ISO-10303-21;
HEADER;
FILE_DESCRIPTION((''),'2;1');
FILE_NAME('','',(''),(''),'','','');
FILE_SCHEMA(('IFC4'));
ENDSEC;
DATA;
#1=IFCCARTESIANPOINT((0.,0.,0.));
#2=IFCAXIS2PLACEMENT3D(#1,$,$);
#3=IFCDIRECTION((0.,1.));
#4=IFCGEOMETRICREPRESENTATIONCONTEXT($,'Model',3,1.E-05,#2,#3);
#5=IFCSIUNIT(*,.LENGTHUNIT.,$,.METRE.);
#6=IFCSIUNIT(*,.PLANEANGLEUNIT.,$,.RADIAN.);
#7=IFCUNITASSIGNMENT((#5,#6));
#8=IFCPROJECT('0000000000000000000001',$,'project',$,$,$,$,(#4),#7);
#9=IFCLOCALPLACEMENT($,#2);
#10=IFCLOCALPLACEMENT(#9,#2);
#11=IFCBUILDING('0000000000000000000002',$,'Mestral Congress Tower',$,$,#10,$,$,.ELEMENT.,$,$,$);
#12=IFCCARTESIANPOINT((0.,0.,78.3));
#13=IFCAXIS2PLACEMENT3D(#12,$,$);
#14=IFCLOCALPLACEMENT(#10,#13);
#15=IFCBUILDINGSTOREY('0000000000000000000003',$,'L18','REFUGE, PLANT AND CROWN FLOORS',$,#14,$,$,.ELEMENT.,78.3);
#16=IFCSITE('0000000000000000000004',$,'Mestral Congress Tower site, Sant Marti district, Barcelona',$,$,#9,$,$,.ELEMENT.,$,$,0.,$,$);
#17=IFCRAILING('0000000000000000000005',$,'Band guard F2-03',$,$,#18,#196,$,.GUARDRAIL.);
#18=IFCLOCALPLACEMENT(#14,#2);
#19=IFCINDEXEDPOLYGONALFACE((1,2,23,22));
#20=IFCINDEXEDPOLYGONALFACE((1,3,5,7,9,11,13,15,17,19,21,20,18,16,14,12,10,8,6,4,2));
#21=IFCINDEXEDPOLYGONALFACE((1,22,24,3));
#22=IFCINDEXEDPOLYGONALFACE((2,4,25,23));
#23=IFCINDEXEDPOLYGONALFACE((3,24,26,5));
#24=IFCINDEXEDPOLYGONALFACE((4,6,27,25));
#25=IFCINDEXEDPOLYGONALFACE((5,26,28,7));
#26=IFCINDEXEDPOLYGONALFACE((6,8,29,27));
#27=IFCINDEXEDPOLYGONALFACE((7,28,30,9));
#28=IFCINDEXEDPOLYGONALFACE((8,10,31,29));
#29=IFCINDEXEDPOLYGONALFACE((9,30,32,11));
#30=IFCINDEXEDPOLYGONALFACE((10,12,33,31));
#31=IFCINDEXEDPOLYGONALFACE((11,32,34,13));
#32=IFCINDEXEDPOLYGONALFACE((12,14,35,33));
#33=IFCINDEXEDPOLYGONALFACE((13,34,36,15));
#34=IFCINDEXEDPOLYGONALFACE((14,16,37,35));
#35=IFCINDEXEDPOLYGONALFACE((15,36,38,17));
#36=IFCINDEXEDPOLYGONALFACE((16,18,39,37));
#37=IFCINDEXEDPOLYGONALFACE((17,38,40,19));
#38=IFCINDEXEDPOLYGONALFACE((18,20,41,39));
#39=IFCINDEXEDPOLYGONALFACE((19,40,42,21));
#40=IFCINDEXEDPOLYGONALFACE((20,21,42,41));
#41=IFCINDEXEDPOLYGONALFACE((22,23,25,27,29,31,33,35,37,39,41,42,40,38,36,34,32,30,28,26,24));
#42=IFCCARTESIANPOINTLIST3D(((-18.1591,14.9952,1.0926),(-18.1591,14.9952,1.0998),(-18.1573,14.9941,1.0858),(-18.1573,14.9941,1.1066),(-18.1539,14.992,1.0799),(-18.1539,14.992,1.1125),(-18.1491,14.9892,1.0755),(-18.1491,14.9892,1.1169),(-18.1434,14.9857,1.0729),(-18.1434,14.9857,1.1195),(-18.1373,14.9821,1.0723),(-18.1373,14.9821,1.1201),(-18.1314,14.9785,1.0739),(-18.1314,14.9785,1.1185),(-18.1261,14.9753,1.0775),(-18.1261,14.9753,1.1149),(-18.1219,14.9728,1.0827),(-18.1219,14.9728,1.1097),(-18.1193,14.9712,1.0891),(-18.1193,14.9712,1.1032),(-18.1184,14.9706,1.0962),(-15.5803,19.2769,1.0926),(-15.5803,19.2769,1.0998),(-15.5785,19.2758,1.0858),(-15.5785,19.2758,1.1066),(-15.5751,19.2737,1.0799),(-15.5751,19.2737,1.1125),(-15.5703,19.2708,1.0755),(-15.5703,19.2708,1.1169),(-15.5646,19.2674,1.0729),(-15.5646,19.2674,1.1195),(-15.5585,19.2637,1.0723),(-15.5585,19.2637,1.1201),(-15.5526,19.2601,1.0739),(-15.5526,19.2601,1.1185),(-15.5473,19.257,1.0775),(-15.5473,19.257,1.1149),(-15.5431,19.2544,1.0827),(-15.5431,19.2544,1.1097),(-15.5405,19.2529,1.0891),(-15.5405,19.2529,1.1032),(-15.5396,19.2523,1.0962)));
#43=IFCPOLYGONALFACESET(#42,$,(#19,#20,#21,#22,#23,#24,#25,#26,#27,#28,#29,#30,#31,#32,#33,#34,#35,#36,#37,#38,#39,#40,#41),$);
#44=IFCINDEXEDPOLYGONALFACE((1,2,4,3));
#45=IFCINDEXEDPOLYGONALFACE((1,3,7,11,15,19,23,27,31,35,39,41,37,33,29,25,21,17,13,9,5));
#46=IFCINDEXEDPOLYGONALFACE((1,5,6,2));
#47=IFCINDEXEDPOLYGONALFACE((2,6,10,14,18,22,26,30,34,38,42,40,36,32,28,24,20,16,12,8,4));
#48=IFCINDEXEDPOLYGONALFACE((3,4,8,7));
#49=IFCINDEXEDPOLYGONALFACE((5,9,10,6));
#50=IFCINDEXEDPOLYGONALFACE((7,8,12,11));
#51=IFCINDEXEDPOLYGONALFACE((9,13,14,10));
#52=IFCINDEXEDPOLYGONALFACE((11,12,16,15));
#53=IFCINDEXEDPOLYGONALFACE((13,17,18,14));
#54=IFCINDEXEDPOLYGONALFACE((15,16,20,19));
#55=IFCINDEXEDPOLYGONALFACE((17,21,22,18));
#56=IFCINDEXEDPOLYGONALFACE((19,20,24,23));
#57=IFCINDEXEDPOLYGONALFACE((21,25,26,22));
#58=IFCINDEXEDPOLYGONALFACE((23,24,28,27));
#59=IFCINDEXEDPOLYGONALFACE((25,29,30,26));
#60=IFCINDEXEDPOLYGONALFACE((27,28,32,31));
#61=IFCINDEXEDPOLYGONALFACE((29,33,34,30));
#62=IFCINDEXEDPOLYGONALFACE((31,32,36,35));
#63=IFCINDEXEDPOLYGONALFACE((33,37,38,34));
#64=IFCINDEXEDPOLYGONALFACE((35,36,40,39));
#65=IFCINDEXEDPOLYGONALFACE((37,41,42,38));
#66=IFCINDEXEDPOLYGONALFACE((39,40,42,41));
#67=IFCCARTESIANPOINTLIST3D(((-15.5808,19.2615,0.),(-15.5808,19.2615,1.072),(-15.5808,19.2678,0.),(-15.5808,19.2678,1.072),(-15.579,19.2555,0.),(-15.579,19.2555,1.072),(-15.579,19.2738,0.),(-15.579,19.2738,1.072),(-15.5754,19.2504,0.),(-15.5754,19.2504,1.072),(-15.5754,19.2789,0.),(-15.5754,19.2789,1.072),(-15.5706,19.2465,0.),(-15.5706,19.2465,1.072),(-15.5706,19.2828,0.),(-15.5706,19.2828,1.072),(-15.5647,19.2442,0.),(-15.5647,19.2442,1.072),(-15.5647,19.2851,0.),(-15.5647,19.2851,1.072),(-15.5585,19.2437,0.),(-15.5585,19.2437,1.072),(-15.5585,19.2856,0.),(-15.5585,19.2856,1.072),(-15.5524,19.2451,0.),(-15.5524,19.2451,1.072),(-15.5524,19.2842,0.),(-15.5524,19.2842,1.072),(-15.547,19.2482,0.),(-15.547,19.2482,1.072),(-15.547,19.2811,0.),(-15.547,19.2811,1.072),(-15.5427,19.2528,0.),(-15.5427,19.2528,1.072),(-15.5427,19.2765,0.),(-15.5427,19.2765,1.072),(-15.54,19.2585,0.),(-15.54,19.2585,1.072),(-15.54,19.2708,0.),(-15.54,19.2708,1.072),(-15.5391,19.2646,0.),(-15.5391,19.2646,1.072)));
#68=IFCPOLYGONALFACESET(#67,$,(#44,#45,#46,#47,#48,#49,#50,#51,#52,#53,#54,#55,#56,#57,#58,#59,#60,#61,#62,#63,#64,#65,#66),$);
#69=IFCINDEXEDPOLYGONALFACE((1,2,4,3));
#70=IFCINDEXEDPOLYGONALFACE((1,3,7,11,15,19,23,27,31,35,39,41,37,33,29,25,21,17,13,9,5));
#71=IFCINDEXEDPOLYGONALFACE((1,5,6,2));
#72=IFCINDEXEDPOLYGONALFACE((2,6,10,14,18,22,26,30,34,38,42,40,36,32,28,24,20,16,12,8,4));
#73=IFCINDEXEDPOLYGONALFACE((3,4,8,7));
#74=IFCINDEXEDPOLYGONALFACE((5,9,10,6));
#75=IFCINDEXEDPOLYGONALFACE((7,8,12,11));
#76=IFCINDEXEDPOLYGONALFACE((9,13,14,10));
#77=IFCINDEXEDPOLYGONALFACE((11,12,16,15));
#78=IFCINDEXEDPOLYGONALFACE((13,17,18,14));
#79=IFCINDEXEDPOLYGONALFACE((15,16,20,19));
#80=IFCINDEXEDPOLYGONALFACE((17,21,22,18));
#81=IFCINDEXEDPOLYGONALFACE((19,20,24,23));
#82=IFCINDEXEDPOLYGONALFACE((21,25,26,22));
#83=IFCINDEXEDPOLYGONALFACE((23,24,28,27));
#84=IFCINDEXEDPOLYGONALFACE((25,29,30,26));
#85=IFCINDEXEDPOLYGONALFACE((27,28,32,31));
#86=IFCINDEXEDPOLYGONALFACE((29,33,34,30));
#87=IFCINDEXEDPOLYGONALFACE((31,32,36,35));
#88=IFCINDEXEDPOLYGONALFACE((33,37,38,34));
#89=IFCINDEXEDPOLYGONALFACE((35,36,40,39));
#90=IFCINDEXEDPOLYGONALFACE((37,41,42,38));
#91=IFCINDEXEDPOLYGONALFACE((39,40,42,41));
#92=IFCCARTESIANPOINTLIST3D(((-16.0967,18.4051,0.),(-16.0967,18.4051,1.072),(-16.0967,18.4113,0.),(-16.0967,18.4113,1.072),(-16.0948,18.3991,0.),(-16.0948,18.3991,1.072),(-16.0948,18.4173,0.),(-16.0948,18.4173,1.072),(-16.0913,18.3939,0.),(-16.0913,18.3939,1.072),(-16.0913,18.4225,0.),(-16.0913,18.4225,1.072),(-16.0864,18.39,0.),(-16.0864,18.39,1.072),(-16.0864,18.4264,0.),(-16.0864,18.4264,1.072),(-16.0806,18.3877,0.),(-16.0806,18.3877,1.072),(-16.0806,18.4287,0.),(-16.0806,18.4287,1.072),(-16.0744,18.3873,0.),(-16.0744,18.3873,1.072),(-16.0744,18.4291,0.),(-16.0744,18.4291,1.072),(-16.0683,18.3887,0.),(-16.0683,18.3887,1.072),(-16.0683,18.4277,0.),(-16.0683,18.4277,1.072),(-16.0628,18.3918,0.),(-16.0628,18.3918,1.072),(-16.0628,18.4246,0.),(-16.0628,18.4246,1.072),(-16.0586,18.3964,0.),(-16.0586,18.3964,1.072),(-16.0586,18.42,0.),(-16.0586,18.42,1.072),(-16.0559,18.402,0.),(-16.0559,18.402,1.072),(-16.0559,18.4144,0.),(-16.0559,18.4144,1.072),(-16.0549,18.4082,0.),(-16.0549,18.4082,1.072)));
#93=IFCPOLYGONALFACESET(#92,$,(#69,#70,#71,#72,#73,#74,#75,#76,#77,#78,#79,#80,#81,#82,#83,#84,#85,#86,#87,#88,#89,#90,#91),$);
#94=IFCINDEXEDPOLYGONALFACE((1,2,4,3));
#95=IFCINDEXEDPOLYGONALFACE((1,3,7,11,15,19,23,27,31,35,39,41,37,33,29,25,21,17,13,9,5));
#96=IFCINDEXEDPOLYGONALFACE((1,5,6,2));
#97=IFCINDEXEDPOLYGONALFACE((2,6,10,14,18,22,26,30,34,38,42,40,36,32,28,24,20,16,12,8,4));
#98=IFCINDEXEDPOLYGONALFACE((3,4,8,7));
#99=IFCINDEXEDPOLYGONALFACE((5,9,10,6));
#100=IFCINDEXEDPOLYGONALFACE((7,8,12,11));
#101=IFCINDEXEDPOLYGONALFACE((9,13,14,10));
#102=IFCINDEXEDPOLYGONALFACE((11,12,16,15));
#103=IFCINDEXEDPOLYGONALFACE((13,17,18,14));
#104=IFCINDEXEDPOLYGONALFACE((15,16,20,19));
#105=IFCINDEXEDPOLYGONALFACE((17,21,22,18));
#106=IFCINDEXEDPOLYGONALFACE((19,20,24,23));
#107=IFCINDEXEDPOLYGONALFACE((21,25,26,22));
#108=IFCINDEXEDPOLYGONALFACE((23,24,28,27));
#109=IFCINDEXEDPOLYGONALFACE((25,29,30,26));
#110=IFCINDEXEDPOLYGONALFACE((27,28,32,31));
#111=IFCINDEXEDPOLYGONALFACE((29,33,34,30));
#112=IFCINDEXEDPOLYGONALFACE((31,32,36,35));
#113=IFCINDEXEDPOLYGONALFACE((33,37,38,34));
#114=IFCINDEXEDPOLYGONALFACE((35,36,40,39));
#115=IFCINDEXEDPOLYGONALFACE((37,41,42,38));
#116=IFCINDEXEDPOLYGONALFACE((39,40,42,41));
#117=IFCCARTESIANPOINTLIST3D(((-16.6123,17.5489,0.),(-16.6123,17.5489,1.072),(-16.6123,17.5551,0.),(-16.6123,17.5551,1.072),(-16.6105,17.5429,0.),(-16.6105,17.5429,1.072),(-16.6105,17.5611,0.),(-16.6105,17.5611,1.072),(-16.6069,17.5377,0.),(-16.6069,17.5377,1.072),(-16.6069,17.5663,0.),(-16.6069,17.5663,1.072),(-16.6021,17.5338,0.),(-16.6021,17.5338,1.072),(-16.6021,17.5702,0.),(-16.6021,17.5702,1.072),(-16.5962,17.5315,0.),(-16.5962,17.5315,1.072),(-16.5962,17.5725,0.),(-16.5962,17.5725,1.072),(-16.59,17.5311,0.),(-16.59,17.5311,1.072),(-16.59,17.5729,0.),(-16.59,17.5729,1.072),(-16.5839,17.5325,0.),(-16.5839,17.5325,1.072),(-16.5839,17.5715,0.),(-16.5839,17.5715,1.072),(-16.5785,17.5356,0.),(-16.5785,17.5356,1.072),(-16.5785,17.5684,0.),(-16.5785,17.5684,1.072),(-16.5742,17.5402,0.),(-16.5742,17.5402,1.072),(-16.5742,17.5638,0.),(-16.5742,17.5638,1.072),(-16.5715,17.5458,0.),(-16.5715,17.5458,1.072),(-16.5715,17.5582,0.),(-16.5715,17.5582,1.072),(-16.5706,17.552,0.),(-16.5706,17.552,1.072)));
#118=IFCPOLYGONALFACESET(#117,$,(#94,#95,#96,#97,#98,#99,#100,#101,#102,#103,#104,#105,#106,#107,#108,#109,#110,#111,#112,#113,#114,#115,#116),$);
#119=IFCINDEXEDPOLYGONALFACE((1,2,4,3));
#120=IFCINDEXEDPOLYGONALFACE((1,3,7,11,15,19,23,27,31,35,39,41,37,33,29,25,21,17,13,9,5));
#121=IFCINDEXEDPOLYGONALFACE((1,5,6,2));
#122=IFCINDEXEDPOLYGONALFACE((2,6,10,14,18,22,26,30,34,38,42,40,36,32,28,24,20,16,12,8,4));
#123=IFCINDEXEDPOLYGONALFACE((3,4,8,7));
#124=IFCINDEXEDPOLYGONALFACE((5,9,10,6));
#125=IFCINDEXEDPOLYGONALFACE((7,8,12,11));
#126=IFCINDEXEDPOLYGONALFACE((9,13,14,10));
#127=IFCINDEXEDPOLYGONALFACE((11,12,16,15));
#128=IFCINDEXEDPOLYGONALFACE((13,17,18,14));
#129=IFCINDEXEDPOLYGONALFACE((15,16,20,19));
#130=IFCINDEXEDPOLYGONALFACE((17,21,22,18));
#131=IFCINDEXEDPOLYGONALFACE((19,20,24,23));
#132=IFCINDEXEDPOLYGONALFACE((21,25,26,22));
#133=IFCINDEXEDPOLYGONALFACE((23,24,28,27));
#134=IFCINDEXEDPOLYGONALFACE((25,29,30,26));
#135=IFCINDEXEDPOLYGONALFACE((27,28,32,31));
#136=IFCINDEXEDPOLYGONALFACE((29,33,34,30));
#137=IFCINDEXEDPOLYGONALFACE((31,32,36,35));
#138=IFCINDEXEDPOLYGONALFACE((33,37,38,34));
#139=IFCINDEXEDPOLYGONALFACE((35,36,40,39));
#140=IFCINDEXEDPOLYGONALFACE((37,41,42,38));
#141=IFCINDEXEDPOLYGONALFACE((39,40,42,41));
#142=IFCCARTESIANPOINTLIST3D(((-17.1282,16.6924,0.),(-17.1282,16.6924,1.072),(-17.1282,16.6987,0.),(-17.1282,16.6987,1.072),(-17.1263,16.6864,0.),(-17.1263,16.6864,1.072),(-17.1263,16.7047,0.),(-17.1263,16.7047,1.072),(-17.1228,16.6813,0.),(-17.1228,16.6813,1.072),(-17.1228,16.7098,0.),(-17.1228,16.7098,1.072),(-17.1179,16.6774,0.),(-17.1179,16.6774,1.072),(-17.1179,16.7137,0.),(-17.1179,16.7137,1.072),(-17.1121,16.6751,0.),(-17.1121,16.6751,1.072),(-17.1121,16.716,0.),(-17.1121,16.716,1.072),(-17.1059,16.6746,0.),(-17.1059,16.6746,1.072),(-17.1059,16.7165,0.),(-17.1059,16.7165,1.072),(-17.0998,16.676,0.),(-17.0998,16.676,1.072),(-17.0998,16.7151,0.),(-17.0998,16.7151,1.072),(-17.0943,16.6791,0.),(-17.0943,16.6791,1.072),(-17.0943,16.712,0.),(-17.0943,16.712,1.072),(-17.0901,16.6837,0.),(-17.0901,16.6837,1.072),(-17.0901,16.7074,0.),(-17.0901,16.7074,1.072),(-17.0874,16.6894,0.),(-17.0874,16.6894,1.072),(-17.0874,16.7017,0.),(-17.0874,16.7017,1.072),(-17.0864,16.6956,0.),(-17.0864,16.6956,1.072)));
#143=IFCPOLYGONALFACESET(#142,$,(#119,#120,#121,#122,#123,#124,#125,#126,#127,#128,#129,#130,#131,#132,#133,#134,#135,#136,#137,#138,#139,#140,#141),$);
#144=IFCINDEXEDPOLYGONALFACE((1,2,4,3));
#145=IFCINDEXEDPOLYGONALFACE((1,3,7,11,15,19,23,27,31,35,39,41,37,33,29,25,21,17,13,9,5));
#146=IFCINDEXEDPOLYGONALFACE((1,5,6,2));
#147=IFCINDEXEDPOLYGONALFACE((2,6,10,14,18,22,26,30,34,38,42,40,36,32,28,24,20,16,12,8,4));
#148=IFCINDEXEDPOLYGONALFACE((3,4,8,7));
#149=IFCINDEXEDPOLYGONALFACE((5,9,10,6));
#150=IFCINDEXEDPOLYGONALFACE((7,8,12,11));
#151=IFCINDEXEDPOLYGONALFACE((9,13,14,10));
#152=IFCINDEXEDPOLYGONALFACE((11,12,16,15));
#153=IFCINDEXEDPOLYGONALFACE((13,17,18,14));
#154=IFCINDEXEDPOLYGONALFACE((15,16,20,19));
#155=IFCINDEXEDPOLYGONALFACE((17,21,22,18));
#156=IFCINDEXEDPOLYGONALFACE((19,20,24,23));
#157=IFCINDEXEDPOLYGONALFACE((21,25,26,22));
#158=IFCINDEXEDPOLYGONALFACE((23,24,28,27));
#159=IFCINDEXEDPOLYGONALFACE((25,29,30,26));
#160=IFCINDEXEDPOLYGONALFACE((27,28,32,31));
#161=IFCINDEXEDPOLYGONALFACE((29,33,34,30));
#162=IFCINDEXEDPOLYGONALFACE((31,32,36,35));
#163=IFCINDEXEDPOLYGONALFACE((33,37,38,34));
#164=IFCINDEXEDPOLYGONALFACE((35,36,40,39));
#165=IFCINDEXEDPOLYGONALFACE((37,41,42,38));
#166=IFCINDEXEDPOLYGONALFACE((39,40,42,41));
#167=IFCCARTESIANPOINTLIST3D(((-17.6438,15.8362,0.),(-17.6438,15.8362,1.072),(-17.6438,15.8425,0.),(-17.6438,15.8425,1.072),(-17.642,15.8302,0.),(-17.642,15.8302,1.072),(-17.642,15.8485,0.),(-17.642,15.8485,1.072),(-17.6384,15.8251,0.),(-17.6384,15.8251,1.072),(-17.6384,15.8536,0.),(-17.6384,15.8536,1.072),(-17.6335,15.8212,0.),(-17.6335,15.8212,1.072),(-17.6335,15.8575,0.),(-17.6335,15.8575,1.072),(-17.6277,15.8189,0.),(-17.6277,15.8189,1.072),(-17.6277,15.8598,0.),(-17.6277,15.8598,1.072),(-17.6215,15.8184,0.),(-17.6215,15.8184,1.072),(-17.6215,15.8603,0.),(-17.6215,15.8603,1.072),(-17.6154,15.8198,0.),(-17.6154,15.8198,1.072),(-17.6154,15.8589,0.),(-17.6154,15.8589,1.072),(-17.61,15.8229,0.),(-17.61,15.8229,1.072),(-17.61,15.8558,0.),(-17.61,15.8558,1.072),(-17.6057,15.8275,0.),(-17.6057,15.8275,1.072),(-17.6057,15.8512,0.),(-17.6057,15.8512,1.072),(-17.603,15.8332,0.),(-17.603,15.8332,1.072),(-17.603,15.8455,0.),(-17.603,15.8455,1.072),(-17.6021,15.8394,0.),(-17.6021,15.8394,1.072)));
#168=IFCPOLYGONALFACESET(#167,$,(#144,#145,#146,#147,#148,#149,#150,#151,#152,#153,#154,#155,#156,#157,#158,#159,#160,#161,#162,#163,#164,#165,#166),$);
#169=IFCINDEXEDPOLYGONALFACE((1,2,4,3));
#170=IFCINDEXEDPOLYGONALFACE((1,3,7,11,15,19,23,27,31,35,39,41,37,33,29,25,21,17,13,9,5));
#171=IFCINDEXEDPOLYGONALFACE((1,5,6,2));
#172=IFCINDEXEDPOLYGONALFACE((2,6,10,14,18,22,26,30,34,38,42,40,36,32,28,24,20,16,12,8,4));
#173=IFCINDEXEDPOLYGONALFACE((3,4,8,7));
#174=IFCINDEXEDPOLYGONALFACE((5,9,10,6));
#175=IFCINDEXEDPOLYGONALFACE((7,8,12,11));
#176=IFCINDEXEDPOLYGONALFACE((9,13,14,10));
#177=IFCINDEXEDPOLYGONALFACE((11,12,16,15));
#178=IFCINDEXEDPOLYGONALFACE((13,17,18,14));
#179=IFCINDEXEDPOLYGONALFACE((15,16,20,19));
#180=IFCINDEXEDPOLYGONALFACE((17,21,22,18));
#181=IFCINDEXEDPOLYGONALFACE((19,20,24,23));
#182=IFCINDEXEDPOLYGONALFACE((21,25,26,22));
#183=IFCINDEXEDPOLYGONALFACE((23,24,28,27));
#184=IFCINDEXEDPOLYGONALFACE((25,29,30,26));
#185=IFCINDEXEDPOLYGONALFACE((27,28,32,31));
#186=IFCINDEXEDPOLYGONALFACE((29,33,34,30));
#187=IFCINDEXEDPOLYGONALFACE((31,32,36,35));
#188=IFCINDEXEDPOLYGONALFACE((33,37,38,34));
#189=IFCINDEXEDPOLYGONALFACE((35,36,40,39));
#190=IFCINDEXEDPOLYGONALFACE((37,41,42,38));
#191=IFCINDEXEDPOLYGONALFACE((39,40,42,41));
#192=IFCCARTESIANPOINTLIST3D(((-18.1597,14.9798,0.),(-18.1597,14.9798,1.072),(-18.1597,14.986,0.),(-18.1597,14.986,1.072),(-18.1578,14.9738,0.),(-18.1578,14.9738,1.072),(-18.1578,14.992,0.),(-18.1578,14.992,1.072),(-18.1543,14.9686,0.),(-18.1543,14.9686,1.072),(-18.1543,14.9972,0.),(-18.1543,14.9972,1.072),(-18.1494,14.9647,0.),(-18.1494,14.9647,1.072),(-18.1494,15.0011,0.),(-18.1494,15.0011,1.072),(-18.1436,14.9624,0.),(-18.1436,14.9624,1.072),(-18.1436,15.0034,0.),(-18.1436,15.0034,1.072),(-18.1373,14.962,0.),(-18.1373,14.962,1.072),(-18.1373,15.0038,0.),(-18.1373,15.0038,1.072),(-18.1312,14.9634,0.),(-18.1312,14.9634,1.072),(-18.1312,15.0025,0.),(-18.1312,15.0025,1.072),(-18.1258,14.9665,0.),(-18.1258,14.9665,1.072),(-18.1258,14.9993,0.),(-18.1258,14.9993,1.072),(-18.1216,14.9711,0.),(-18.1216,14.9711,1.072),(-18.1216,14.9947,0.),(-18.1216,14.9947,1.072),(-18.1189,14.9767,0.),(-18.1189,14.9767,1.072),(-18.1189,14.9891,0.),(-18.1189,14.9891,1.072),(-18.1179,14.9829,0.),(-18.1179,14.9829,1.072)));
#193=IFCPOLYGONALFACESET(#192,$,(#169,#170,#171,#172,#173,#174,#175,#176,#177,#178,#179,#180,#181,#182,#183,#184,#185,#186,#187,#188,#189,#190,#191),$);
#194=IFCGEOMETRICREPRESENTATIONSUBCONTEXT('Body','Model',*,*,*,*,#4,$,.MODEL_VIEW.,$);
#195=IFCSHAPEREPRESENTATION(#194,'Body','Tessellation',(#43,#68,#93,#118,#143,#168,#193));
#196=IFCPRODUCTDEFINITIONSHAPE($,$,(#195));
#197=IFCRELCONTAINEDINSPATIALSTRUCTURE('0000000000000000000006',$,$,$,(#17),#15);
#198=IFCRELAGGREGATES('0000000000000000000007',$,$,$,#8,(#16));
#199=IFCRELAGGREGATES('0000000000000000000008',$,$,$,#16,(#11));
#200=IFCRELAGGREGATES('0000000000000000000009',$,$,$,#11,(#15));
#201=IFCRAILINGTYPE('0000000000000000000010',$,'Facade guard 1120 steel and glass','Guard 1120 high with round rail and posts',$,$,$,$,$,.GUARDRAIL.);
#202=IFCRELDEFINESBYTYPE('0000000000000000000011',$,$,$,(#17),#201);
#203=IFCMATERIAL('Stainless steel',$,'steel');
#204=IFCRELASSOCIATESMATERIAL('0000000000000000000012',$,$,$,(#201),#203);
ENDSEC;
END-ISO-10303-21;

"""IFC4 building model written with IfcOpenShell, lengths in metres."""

from ifc_helpers import new_model, si_unit, direction, frame, origin, origin_2d, place, context, subcontext, project, spatial, circle, extrude, material, type_object, element, save


model = new_model("IFC4")

# Units and contexts
model_context = context("Model", 3, precision=1e-05, world=origin(), true_north=direction((0.0, 1.0)))
body_context = subcontext(model_context, "Body", "Model", "MODEL_VIEW")
ifc_project = project(units=[si_unit("LENGTHUNIT", "METRE"), si_unit("PLANEANGLEUNIT", "RADIAN")], contexts=[model_context])

# Site, building, storey
site_placement = place(None, origin())
site = spatial("IfcSite", under=ifc_project, at=site_placement, Name="Mestral Congress Tower site, Sant Marti district, Barcelona", CompositionType="ELEMENT", RefElevation=0.0)
building_placement = place(site_placement, origin())
building = spatial("IfcBuilding", under=site, at=building_placement, Name="Mestral Congress Tower", CompositionType="ELEMENT")
storey_placement = place(building_placement, frame((0.0, 0.0, 78.3)))
storey = spatial("IfcBuildingStorey", under=building, at=storey_placement, Name="L18", Description="REFUGE, PLANT AND CROWN FLOORS", CompositionType="ELEMENT", Elevation=78.3)

# Railing
ifc_material_1 = material(Name="Stainless steel", Category="steel")
railing_type = type_object("IfcRailingType", Name="Facade guard 1120 steel and glass", Description="Guard 1120 high with round rail and posts", PredefinedType="GUARDRAIL", material=ifc_material_1)
railing_1_placement = place(storey_placement, frame((-15.5601, 19.2646, 0.0)))
element("IfcRailing", 1, at=railing_1_placement, inside=storey, type_object=railing_type, Name="Band guard F2-03", PredefinedType="GUARDRAIL", context=body_context, shape_type="SweptSolid", body=[
    extrude(circle(Radius=0.0239, at=origin_2d()), frame((0.0, 0.0, 1.0962), z_axis=(-0.515939, -0.856625, 0.0), x_axis=(0.856625, -0.515939, 0.0)), (0.0, 0.0, 1.0), 4.9983),
    extrude(circle(Radius=0.021, at=origin_2d()), origin(), (0.0, 0.0, 1.0), 1.072),
    extrude(circle(Radius=0.021, at=origin_2d()), frame((-0.5159, -0.8564, 0.0)), (0.0, 0.0, 1.0), 1.072),
    extrude(circle(Radius=0.021, at=origin_2d()), frame((-1.0315, -1.7126, 0.0)), (0.0, 0.0, 1.0), 1.072),
    extrude(circle(Radius=0.021, at=origin_2d()), frame((-1.5474, -2.5691, 0.0)), (0.0, 0.0, 1.0), 1.072),
    extrude(circle(Radius=0.021, at=origin_2d()), frame((-2.063, -3.4253, 0.0)), (0.0, 0.0, 1.0), 1.072),
    extrude(circle(Radius=0.021, at=origin_2d()), frame((-2.5789, -4.2817, 0.0)), (0.0, 0.0, 1.0), 1.072),
])

save(model, "model.ifc")
